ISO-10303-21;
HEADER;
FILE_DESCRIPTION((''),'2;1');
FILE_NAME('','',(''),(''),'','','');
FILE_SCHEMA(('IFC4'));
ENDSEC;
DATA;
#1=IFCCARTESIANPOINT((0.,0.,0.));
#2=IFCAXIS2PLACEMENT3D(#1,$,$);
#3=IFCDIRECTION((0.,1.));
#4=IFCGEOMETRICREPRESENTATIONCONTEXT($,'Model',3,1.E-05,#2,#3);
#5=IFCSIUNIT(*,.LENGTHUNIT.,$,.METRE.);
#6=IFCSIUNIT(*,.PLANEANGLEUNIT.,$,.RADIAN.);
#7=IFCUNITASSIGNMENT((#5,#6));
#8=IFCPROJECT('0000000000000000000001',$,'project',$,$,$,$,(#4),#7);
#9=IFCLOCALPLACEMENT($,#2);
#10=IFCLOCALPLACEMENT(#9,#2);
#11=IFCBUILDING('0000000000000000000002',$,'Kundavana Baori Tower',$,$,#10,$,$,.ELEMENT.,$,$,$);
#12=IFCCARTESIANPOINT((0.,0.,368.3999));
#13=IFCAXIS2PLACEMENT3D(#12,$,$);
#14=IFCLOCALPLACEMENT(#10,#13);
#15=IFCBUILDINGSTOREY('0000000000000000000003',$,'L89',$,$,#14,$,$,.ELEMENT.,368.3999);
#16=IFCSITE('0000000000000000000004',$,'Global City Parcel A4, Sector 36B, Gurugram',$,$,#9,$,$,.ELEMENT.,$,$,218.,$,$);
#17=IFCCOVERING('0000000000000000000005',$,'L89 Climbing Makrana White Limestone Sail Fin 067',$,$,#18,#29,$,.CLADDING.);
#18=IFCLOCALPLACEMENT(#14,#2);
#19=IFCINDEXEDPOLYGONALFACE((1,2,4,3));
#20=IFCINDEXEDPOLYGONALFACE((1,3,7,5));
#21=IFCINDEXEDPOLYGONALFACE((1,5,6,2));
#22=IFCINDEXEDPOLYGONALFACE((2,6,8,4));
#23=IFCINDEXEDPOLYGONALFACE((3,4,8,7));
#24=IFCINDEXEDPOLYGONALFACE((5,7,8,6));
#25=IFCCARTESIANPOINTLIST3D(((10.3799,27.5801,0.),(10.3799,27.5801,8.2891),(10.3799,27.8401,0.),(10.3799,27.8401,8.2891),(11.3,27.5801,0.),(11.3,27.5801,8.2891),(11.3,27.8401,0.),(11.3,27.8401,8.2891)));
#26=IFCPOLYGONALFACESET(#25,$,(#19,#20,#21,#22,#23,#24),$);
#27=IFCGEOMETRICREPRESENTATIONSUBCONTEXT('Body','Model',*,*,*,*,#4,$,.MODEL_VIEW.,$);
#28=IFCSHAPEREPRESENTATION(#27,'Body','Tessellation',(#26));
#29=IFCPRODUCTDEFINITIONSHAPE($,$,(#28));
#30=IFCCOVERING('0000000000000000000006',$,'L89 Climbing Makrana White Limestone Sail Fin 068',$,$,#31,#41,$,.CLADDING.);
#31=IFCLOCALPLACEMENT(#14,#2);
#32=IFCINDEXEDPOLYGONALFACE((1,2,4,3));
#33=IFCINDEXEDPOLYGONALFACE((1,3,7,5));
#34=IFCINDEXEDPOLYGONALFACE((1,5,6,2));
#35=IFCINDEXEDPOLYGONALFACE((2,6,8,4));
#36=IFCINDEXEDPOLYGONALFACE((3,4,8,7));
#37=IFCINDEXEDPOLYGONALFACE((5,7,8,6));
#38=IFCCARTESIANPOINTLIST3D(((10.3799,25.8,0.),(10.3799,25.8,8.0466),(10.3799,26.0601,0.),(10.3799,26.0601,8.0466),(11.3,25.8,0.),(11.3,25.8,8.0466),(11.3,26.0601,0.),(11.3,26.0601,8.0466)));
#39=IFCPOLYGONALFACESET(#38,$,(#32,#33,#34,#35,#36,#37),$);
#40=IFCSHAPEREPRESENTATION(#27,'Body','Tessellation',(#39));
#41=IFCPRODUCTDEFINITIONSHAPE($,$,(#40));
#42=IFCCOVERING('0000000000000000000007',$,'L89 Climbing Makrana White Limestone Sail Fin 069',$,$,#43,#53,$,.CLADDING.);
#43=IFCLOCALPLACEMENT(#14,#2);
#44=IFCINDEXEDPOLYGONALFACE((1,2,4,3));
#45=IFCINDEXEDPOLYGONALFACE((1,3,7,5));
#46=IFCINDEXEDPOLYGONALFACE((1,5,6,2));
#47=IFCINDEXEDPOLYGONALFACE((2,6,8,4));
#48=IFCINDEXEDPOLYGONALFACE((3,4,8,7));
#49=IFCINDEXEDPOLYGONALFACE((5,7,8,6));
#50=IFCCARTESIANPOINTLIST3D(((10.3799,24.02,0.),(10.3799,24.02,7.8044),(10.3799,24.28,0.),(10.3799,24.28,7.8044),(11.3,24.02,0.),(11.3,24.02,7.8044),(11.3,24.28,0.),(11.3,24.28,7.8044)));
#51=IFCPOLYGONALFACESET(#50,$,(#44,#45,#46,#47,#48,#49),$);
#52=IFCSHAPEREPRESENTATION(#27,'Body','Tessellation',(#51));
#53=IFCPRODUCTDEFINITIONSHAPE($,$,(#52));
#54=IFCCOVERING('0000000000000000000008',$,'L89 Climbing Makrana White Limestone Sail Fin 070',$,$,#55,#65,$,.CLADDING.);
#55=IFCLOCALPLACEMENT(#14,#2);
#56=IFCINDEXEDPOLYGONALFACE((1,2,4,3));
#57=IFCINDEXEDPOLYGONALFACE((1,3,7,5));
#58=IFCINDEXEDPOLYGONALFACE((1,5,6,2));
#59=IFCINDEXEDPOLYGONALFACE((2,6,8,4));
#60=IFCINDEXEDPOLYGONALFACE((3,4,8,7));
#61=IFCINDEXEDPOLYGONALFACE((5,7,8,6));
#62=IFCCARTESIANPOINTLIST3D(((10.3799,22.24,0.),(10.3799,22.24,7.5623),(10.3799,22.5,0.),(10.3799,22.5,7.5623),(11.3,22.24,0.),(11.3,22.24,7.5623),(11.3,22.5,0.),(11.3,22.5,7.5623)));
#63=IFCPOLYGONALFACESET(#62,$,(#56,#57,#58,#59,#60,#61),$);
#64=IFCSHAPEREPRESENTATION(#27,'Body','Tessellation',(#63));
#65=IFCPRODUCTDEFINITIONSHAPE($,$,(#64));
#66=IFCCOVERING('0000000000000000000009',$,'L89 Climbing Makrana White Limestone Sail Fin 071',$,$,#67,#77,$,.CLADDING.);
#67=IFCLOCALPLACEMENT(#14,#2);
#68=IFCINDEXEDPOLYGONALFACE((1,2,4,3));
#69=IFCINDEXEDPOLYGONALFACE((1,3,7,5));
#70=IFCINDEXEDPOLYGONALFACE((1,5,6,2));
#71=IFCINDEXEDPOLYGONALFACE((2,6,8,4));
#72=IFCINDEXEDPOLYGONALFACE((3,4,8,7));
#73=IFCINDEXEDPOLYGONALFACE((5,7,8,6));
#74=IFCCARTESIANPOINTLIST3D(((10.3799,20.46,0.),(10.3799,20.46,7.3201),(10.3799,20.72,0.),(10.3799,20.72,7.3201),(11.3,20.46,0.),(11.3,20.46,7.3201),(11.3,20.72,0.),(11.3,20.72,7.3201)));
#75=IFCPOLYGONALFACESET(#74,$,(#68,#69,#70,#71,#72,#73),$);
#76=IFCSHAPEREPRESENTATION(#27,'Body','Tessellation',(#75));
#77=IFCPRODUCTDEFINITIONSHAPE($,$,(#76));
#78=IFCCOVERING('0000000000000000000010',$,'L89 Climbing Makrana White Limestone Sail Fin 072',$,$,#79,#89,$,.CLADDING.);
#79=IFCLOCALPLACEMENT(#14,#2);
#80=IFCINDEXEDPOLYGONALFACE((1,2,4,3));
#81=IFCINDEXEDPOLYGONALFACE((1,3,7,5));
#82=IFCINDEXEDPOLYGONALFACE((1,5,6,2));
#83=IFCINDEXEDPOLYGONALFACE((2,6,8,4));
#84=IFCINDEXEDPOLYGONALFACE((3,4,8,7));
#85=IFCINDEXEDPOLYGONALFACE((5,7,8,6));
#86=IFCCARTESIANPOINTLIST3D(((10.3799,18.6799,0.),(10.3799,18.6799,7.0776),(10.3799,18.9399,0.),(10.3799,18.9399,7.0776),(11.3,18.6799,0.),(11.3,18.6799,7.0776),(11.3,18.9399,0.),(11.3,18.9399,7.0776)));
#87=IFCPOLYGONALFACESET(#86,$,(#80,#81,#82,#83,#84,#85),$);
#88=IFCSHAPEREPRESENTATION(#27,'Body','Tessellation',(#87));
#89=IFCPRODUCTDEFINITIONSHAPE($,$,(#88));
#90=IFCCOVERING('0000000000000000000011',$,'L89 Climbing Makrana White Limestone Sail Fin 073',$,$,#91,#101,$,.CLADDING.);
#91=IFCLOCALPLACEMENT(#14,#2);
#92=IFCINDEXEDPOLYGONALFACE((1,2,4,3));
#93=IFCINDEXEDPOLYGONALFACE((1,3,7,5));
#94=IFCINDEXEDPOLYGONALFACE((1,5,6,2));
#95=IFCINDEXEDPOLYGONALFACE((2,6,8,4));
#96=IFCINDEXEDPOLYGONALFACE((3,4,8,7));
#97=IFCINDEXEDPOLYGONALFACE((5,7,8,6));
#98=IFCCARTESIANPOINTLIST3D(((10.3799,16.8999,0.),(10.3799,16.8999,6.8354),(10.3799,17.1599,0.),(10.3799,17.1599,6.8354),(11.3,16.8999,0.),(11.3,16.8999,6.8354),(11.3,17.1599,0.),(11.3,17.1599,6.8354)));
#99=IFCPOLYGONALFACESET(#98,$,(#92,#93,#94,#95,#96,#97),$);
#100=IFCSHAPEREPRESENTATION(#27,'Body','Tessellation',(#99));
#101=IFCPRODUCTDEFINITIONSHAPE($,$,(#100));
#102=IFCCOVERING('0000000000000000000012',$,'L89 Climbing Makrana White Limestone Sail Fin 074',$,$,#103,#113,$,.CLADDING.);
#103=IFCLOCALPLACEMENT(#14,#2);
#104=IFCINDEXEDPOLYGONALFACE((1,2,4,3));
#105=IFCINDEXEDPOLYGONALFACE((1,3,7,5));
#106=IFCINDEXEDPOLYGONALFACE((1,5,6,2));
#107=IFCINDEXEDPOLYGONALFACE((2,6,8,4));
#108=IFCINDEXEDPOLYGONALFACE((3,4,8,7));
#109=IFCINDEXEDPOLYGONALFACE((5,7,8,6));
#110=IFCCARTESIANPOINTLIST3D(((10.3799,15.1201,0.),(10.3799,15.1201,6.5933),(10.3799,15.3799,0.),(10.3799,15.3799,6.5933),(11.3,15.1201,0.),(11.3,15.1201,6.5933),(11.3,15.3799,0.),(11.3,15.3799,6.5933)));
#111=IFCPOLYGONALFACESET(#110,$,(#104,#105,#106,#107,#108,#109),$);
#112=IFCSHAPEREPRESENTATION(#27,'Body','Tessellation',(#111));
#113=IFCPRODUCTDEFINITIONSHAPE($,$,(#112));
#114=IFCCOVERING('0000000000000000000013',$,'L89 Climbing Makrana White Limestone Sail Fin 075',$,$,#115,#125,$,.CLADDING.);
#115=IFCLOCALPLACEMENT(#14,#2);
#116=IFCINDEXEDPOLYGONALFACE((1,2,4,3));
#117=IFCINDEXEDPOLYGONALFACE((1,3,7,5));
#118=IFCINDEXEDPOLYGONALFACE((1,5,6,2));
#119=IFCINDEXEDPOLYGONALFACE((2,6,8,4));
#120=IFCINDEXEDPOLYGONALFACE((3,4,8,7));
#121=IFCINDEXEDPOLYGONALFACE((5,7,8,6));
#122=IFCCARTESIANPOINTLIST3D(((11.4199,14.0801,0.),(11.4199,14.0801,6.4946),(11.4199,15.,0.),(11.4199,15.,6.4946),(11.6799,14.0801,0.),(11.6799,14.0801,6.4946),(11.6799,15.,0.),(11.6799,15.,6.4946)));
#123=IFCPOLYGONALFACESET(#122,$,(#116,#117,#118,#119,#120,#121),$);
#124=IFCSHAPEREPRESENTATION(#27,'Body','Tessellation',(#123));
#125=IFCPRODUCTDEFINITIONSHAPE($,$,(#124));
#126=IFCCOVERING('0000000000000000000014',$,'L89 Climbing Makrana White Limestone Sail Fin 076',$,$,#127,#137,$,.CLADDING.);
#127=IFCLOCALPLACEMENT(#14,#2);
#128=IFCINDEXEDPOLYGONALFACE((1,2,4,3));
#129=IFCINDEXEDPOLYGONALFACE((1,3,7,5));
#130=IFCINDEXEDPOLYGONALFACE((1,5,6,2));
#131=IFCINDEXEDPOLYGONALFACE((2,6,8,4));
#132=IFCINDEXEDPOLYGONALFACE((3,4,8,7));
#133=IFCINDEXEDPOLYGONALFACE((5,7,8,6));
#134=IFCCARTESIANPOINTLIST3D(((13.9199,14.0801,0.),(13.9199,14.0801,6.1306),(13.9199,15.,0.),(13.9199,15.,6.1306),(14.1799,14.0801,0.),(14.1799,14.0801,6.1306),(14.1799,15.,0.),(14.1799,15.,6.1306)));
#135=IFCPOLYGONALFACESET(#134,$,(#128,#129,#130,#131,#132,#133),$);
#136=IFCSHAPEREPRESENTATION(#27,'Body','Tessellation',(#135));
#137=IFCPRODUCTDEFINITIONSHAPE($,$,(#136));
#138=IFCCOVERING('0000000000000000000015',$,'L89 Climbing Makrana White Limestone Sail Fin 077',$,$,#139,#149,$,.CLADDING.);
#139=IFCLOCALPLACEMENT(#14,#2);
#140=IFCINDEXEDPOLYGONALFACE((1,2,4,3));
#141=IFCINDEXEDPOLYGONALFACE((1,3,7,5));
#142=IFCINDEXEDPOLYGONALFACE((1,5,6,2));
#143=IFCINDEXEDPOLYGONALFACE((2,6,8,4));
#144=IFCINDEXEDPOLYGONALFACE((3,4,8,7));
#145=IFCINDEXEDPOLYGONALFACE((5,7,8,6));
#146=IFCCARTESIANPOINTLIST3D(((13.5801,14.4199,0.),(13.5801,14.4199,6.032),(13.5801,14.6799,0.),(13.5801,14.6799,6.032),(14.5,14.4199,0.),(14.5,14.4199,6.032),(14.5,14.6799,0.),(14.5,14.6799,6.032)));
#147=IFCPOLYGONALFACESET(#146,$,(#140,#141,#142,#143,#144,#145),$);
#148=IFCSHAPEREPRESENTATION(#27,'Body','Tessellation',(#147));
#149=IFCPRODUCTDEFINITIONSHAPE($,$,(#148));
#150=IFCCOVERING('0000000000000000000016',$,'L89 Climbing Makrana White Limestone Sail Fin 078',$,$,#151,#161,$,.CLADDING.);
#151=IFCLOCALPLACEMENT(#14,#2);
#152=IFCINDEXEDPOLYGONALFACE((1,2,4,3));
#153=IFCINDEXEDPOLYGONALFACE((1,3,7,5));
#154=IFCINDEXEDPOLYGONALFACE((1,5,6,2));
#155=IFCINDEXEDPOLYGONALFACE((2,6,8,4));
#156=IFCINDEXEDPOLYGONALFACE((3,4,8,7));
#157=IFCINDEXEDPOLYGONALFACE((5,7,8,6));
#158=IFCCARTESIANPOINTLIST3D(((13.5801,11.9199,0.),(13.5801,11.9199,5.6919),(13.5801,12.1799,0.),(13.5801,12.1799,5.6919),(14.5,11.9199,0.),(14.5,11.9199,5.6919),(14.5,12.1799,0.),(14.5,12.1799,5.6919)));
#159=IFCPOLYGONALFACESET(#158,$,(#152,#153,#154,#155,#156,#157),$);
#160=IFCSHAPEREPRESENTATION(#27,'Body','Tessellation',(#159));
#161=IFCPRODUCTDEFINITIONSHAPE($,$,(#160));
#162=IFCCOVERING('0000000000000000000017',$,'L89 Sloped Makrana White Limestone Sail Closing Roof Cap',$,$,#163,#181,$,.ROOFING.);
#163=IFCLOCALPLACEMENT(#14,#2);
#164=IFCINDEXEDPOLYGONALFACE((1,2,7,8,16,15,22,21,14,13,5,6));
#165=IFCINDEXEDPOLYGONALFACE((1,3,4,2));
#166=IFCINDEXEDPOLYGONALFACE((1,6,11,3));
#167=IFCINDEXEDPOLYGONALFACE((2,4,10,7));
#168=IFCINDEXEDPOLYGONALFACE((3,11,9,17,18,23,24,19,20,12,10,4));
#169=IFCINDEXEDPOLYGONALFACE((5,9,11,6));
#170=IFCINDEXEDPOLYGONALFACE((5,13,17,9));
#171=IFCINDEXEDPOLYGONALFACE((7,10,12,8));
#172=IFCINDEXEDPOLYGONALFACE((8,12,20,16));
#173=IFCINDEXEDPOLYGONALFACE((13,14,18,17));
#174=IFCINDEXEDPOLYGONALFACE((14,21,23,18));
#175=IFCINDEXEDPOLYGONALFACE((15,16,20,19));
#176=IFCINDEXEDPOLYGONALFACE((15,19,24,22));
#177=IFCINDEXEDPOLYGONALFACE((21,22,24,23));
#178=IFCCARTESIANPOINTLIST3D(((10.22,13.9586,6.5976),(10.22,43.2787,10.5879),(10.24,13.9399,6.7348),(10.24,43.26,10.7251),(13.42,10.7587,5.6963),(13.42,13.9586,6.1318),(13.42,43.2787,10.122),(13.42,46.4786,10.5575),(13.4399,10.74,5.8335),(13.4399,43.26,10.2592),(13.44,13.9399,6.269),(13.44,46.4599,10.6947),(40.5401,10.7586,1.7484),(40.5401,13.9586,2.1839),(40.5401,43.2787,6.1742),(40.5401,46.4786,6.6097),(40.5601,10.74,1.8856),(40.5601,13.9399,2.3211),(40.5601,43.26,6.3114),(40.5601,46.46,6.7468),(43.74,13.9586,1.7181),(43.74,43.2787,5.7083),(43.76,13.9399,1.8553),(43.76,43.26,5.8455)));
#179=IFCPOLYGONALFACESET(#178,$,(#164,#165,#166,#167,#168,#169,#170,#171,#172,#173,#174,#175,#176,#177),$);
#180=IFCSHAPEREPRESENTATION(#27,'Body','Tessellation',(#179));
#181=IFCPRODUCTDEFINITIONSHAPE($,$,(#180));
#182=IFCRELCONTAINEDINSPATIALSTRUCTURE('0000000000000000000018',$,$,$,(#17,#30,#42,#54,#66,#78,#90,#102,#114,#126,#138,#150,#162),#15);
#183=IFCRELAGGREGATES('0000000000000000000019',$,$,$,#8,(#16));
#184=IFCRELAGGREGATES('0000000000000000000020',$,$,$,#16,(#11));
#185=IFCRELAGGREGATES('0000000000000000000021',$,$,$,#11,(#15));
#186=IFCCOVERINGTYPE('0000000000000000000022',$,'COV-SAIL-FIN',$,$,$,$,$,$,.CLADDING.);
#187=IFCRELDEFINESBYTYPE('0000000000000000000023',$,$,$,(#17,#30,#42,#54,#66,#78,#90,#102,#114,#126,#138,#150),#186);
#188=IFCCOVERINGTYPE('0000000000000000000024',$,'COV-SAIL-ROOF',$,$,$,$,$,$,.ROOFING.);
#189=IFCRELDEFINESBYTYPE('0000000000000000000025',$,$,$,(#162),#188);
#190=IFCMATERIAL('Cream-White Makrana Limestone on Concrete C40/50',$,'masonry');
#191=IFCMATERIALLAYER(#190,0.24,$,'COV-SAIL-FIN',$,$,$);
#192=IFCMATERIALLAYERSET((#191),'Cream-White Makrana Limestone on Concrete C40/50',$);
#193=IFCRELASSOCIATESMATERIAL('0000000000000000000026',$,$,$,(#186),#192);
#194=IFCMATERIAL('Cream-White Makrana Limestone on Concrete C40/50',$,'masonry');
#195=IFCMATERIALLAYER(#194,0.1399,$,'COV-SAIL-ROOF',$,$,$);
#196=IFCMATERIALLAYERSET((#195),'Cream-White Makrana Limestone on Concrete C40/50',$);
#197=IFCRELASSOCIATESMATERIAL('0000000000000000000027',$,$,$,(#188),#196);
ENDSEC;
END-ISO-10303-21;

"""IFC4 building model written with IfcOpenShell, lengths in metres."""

from ifc_helpers import new_model, si_unit, direction, frame, origin, place, context, subcontext, project, spatial, polyline, outline, extrude, material, layer, layer_set, type_object, element, save


model = new_model("IFC4")

# Units and contexts
model_context = context("Model", 3, precision=1e-05, world=origin(), true_north=direction((0.0, 1.0)))
body_context = subcontext(model_context, "Body", "Model", "MODEL_VIEW")
ifc_project = project(units=[si_unit("LENGTHUNIT", "METRE"), si_unit("PLANEANGLEUNIT", "RADIAN")], contexts=[model_context])

# Site, building, storey
site_placement = place(None, origin())
site = spatial("IfcSite", under=ifc_project, at=site_placement, Name="Global City Parcel A4, Sector 36B, Gurugram", CompositionType="ELEMENT", RefElevation=218.0)
building_placement = place(site_placement, origin())
building = spatial("IfcBuilding", under=site, at=building_placement, Name="Kundavana Baori Tower", CompositionType="ELEMENT")
storey_placement = place(building_placement, frame((0.0, 0.0, 368.3999)))
storey = spatial("IfcBuildingStorey", under=building, at=storey_placement, Name="L89", CompositionType="ELEMENT", Elevation=368.3999)

# Coverings
ifc_material_1 = material(Name="Cream-White Makrana Limestone on Concrete C40/50", Category="masonry")
ifc_layer_1 = layer(ifc_material_1, 0.24, Name="COV-SAIL-FIN")
ifc_layer_set_1 = layer_set([ifc_layer_1], Name="Cream-White Makrana Limestone on Concrete C40/50")
covering_type_1 = type_object("IfcCoveringType", Name="COV-SAIL-FIN", PredefinedType="CLADDING", material=ifc_layer_set_1)
covering_1_placement = place(storey_placement, origin())
element("IfcCovering", 1, at=covering_1_placement, inside=storey, type_object=covering_type_1, Name="L89 Climbing Makrana White Limestone Sail Fin 067", PredefinedType="CLADDING", context=body_context, shape_type="SweptSolid", body=[
    extrude(outline(polyline([(10.3799, 27.5801), (11.3, 27.5801), (11.3, 27.8401), (10.3799, 27.8401), (10.3799, 27.5801)])), origin(), (0.0, 0.0, 1.0), 8.2891),
])
covering_2_placement = place(storey_placement, origin())
element("IfcCovering", 2, at=covering_2_placement, inside=storey, type_object=covering_type_1, Name="L89 Climbing Makrana White Limestone Sail Fin 068", PredefinedType="CLADDING", context=body_context, shape_type="SweptSolid", body=[
    extrude(outline(polyline([(10.3799, 25.8), (11.3, 25.8), (11.3, 26.0601), (10.3799, 26.0601), (10.3799, 25.8)])), origin(), (0.0, 0.0, 1.0), 8.0466),
])
covering_3_placement = place(storey_placement, origin())
element("IfcCovering", 3, at=covering_3_placement, inside=storey, type_object=covering_type_1, Name="L89 Climbing Makrana White Limestone Sail Fin 069", PredefinedType="CLADDING", context=body_context, shape_type="SweptSolid", body=[
    extrude(outline(polyline([(10.3799, 24.02), (11.3, 24.02), (11.3, 24.28), (10.3799, 24.28), (10.3799, 24.02)])), origin(), (0.0, 0.0, 1.0), 7.8044),
])
covering_4_placement = place(storey_placement, origin())
element("IfcCovering", 4, at=covering_4_placement, inside=storey, type_object=covering_type_1, Name="L89 Climbing Makrana White Limestone Sail Fin 070", PredefinedType="CLADDING", context=body_context, shape_type="SweptSolid", body=[
    extrude(outline(polyline([(10.3799, 22.24), (11.3, 22.24), (11.3, 22.5), (10.3799, 22.5), (10.3799, 22.24)])), origin(), (0.0, 0.0, 1.0), 7.5623),
])
covering_5_placement = place(storey_placement, origin())
element("IfcCovering", 5, at=covering_5_placement, inside=storey, type_object=covering_type_1, Name="L89 Climbing Makrana White Limestone Sail Fin 071", PredefinedType="CLADDING", context=body_context, shape_type="SweptSolid", body=[
    extrude(outline(polyline([(10.3799, 20.46), (11.3, 20.46), (11.3, 20.72), (10.3799, 20.72), (10.3799, 20.46)])), origin(), (0.0, 0.0, 1.0), 7.3201),
])
covering_6_placement = place(storey_placement, origin())
element("IfcCovering", 6, at=covering_6_placement, inside=storey, type_object=covering_type_1, Name="L89 Climbing Makrana White Limestone Sail Fin 072", PredefinedType="CLADDING", context=body_context, shape_type="SweptSolid", body=[
    extrude(outline(polyline([(10.3799, 18.6799), (11.3, 18.6799), (11.3, 18.9399), (10.3799, 18.9399), (10.3799, 18.6799)])), origin(), (0.0, 0.0, 1.0), 7.0776),
])
covering_7_placement = place(storey_placement, origin())
element("IfcCovering", 7, at=covering_7_placement, inside=storey, type_object=covering_type_1, Name="L89 Climbing Makrana White Limestone Sail Fin 073", PredefinedType="CLADDING", context=body_context, shape_type="SweptSolid", body=[
    extrude(outline(polyline([(10.3799, 16.8999), (11.3, 16.8999), (11.3, 17.1599), (10.3799, 17.1599), (10.3799, 16.8999)])), origin(), (0.0, 0.0, 1.0), 6.8354),
])
covering_8_placement = place(storey_placement, origin())
element("IfcCovering", 8, at=covering_8_placement, inside=storey, type_object=covering_type_1, Name="L89 Climbing Makrana White Limestone Sail Fin 074", PredefinedType="CLADDING", context=body_context, shape_type="SweptSolid", body=[
    extrude(outline(polyline([(10.3799, 15.1201), (11.3, 15.1201), (11.3, 15.3799), (10.3799, 15.3799), (10.3799, 15.1201)])), origin(), (0.0, 0.0, 1.0), 6.5933),
])
covering_9_placement = place(storey_placement, origin())
element("IfcCovering", 9, at=covering_9_placement, inside=storey, type_object=covering_type_1, Name="L89 Climbing Makrana White Limestone Sail Fin 075", PredefinedType="CLADDING", context=body_context, shape_type="SweptSolid", body=[
    extrude(outline(polyline([(11.4199, 14.0801), (11.6799, 14.0801), (11.6799, 15.0), (11.4199, 15.0), (11.4199, 14.0801)])), origin(), (0.0, 0.0, 1.0), 6.4946),
])
covering_10_placement = place(storey_placement, origin())
element("IfcCovering", 10, at=covering_10_placement, inside=storey, type_object=covering_type_1, Name="L89 Climbing Makrana White Limestone Sail Fin 076", PredefinedType="CLADDING", context=body_context, shape_type="SweptSolid", body=[
    extrude(outline(polyline([(13.9199, 14.0801), (14.1799, 14.0801), (14.1799, 15.0), (13.9199, 15.0), (13.9199, 14.0801)])), origin(), (0.0, 0.0, 1.0), 6.1306),
])
covering_11_placement = place(storey_placement, origin())
element("IfcCovering", 11, at=covering_11_placement, inside=storey, type_object=covering_type_1, Name="L89 Climbing Makrana White Limestone Sail Fin 077", PredefinedType="CLADDING", context=body_context, shape_type="SweptSolid", body=[
    extrude(outline(polyline([(13.5801, 14.4199), (14.5, 14.4199), (14.5, 14.6799), (13.5801, 14.6799), (13.5801, 14.4199)])), origin(), (0.0, 0.0, 1.0), 6.032),
])
covering_12_placement = place(storey_placement, origin())
element("IfcCovering", 12, at=covering_12_placement, inside=storey, type_object=covering_type_1, Name="L89 Climbing Makrana White Limestone Sail Fin 078", PredefinedType="CLADDING", context=body_context, shape_type="SweptSolid", body=[
    extrude(outline(polyline([(13.5801, 11.9199), (14.5, 11.9199), (14.5, 12.1799), (13.5801, 12.1799), (13.5801, 11.9199)])), origin(), (0.0, 0.0, 1.0), 5.6919),
])
ifc_material_2 = material(Name="Cream-White Makrana Limestone on Concrete C40/50", Category="masonry")
ifc_layer_2 = layer(ifc_material_2, 0.1399, Name="COV-SAIL-ROOF")
ifc_layer_set_2 = layer_set([ifc_layer_2], Name="Cream-White Makrana Limestone on Concrete C40/50")
covering_type_2 = type_object("IfcCoveringType", Name="COV-SAIL-ROOF", PredefinedType="ROOFING", material=ifc_layer_set_2)
covering_13_placement = place(storey_placement, frame((13.4399, 10.74, 5.8335), z_axis=(0.142763, -0.133468, 0.980717), x_axis=(0.98957, -0.000001, -0.144052)))
element("IfcCovering", 13, at=covering_13_placement, inside=storey, type_object=covering_type_2, Name="L89 Sloped Makrana White Limestone Sail Closing Roof Cap", PredefinedType="ROOFING", context=body_context, shape_type="SweptSolid", body=[
    extrude(outline(polyline([(0.0, 0.0), (27.406, 0.0), (27.3432, 3.2288), (30.5769, 3.2288), (30.0021, 32.8136), (26.7684, 32.8136), (26.7057, 36.0425), (-0.7003, 36.0424), (-0.6376, 32.8136), (-3.8712, 32.8136), (-3.2964, 3.2288), (-0.0627, 3.2288), (0.0, 0.0)])), origin(), (0.0, 0.0, -1.0), 0.1399),
])

save(model, "model.ifc")
